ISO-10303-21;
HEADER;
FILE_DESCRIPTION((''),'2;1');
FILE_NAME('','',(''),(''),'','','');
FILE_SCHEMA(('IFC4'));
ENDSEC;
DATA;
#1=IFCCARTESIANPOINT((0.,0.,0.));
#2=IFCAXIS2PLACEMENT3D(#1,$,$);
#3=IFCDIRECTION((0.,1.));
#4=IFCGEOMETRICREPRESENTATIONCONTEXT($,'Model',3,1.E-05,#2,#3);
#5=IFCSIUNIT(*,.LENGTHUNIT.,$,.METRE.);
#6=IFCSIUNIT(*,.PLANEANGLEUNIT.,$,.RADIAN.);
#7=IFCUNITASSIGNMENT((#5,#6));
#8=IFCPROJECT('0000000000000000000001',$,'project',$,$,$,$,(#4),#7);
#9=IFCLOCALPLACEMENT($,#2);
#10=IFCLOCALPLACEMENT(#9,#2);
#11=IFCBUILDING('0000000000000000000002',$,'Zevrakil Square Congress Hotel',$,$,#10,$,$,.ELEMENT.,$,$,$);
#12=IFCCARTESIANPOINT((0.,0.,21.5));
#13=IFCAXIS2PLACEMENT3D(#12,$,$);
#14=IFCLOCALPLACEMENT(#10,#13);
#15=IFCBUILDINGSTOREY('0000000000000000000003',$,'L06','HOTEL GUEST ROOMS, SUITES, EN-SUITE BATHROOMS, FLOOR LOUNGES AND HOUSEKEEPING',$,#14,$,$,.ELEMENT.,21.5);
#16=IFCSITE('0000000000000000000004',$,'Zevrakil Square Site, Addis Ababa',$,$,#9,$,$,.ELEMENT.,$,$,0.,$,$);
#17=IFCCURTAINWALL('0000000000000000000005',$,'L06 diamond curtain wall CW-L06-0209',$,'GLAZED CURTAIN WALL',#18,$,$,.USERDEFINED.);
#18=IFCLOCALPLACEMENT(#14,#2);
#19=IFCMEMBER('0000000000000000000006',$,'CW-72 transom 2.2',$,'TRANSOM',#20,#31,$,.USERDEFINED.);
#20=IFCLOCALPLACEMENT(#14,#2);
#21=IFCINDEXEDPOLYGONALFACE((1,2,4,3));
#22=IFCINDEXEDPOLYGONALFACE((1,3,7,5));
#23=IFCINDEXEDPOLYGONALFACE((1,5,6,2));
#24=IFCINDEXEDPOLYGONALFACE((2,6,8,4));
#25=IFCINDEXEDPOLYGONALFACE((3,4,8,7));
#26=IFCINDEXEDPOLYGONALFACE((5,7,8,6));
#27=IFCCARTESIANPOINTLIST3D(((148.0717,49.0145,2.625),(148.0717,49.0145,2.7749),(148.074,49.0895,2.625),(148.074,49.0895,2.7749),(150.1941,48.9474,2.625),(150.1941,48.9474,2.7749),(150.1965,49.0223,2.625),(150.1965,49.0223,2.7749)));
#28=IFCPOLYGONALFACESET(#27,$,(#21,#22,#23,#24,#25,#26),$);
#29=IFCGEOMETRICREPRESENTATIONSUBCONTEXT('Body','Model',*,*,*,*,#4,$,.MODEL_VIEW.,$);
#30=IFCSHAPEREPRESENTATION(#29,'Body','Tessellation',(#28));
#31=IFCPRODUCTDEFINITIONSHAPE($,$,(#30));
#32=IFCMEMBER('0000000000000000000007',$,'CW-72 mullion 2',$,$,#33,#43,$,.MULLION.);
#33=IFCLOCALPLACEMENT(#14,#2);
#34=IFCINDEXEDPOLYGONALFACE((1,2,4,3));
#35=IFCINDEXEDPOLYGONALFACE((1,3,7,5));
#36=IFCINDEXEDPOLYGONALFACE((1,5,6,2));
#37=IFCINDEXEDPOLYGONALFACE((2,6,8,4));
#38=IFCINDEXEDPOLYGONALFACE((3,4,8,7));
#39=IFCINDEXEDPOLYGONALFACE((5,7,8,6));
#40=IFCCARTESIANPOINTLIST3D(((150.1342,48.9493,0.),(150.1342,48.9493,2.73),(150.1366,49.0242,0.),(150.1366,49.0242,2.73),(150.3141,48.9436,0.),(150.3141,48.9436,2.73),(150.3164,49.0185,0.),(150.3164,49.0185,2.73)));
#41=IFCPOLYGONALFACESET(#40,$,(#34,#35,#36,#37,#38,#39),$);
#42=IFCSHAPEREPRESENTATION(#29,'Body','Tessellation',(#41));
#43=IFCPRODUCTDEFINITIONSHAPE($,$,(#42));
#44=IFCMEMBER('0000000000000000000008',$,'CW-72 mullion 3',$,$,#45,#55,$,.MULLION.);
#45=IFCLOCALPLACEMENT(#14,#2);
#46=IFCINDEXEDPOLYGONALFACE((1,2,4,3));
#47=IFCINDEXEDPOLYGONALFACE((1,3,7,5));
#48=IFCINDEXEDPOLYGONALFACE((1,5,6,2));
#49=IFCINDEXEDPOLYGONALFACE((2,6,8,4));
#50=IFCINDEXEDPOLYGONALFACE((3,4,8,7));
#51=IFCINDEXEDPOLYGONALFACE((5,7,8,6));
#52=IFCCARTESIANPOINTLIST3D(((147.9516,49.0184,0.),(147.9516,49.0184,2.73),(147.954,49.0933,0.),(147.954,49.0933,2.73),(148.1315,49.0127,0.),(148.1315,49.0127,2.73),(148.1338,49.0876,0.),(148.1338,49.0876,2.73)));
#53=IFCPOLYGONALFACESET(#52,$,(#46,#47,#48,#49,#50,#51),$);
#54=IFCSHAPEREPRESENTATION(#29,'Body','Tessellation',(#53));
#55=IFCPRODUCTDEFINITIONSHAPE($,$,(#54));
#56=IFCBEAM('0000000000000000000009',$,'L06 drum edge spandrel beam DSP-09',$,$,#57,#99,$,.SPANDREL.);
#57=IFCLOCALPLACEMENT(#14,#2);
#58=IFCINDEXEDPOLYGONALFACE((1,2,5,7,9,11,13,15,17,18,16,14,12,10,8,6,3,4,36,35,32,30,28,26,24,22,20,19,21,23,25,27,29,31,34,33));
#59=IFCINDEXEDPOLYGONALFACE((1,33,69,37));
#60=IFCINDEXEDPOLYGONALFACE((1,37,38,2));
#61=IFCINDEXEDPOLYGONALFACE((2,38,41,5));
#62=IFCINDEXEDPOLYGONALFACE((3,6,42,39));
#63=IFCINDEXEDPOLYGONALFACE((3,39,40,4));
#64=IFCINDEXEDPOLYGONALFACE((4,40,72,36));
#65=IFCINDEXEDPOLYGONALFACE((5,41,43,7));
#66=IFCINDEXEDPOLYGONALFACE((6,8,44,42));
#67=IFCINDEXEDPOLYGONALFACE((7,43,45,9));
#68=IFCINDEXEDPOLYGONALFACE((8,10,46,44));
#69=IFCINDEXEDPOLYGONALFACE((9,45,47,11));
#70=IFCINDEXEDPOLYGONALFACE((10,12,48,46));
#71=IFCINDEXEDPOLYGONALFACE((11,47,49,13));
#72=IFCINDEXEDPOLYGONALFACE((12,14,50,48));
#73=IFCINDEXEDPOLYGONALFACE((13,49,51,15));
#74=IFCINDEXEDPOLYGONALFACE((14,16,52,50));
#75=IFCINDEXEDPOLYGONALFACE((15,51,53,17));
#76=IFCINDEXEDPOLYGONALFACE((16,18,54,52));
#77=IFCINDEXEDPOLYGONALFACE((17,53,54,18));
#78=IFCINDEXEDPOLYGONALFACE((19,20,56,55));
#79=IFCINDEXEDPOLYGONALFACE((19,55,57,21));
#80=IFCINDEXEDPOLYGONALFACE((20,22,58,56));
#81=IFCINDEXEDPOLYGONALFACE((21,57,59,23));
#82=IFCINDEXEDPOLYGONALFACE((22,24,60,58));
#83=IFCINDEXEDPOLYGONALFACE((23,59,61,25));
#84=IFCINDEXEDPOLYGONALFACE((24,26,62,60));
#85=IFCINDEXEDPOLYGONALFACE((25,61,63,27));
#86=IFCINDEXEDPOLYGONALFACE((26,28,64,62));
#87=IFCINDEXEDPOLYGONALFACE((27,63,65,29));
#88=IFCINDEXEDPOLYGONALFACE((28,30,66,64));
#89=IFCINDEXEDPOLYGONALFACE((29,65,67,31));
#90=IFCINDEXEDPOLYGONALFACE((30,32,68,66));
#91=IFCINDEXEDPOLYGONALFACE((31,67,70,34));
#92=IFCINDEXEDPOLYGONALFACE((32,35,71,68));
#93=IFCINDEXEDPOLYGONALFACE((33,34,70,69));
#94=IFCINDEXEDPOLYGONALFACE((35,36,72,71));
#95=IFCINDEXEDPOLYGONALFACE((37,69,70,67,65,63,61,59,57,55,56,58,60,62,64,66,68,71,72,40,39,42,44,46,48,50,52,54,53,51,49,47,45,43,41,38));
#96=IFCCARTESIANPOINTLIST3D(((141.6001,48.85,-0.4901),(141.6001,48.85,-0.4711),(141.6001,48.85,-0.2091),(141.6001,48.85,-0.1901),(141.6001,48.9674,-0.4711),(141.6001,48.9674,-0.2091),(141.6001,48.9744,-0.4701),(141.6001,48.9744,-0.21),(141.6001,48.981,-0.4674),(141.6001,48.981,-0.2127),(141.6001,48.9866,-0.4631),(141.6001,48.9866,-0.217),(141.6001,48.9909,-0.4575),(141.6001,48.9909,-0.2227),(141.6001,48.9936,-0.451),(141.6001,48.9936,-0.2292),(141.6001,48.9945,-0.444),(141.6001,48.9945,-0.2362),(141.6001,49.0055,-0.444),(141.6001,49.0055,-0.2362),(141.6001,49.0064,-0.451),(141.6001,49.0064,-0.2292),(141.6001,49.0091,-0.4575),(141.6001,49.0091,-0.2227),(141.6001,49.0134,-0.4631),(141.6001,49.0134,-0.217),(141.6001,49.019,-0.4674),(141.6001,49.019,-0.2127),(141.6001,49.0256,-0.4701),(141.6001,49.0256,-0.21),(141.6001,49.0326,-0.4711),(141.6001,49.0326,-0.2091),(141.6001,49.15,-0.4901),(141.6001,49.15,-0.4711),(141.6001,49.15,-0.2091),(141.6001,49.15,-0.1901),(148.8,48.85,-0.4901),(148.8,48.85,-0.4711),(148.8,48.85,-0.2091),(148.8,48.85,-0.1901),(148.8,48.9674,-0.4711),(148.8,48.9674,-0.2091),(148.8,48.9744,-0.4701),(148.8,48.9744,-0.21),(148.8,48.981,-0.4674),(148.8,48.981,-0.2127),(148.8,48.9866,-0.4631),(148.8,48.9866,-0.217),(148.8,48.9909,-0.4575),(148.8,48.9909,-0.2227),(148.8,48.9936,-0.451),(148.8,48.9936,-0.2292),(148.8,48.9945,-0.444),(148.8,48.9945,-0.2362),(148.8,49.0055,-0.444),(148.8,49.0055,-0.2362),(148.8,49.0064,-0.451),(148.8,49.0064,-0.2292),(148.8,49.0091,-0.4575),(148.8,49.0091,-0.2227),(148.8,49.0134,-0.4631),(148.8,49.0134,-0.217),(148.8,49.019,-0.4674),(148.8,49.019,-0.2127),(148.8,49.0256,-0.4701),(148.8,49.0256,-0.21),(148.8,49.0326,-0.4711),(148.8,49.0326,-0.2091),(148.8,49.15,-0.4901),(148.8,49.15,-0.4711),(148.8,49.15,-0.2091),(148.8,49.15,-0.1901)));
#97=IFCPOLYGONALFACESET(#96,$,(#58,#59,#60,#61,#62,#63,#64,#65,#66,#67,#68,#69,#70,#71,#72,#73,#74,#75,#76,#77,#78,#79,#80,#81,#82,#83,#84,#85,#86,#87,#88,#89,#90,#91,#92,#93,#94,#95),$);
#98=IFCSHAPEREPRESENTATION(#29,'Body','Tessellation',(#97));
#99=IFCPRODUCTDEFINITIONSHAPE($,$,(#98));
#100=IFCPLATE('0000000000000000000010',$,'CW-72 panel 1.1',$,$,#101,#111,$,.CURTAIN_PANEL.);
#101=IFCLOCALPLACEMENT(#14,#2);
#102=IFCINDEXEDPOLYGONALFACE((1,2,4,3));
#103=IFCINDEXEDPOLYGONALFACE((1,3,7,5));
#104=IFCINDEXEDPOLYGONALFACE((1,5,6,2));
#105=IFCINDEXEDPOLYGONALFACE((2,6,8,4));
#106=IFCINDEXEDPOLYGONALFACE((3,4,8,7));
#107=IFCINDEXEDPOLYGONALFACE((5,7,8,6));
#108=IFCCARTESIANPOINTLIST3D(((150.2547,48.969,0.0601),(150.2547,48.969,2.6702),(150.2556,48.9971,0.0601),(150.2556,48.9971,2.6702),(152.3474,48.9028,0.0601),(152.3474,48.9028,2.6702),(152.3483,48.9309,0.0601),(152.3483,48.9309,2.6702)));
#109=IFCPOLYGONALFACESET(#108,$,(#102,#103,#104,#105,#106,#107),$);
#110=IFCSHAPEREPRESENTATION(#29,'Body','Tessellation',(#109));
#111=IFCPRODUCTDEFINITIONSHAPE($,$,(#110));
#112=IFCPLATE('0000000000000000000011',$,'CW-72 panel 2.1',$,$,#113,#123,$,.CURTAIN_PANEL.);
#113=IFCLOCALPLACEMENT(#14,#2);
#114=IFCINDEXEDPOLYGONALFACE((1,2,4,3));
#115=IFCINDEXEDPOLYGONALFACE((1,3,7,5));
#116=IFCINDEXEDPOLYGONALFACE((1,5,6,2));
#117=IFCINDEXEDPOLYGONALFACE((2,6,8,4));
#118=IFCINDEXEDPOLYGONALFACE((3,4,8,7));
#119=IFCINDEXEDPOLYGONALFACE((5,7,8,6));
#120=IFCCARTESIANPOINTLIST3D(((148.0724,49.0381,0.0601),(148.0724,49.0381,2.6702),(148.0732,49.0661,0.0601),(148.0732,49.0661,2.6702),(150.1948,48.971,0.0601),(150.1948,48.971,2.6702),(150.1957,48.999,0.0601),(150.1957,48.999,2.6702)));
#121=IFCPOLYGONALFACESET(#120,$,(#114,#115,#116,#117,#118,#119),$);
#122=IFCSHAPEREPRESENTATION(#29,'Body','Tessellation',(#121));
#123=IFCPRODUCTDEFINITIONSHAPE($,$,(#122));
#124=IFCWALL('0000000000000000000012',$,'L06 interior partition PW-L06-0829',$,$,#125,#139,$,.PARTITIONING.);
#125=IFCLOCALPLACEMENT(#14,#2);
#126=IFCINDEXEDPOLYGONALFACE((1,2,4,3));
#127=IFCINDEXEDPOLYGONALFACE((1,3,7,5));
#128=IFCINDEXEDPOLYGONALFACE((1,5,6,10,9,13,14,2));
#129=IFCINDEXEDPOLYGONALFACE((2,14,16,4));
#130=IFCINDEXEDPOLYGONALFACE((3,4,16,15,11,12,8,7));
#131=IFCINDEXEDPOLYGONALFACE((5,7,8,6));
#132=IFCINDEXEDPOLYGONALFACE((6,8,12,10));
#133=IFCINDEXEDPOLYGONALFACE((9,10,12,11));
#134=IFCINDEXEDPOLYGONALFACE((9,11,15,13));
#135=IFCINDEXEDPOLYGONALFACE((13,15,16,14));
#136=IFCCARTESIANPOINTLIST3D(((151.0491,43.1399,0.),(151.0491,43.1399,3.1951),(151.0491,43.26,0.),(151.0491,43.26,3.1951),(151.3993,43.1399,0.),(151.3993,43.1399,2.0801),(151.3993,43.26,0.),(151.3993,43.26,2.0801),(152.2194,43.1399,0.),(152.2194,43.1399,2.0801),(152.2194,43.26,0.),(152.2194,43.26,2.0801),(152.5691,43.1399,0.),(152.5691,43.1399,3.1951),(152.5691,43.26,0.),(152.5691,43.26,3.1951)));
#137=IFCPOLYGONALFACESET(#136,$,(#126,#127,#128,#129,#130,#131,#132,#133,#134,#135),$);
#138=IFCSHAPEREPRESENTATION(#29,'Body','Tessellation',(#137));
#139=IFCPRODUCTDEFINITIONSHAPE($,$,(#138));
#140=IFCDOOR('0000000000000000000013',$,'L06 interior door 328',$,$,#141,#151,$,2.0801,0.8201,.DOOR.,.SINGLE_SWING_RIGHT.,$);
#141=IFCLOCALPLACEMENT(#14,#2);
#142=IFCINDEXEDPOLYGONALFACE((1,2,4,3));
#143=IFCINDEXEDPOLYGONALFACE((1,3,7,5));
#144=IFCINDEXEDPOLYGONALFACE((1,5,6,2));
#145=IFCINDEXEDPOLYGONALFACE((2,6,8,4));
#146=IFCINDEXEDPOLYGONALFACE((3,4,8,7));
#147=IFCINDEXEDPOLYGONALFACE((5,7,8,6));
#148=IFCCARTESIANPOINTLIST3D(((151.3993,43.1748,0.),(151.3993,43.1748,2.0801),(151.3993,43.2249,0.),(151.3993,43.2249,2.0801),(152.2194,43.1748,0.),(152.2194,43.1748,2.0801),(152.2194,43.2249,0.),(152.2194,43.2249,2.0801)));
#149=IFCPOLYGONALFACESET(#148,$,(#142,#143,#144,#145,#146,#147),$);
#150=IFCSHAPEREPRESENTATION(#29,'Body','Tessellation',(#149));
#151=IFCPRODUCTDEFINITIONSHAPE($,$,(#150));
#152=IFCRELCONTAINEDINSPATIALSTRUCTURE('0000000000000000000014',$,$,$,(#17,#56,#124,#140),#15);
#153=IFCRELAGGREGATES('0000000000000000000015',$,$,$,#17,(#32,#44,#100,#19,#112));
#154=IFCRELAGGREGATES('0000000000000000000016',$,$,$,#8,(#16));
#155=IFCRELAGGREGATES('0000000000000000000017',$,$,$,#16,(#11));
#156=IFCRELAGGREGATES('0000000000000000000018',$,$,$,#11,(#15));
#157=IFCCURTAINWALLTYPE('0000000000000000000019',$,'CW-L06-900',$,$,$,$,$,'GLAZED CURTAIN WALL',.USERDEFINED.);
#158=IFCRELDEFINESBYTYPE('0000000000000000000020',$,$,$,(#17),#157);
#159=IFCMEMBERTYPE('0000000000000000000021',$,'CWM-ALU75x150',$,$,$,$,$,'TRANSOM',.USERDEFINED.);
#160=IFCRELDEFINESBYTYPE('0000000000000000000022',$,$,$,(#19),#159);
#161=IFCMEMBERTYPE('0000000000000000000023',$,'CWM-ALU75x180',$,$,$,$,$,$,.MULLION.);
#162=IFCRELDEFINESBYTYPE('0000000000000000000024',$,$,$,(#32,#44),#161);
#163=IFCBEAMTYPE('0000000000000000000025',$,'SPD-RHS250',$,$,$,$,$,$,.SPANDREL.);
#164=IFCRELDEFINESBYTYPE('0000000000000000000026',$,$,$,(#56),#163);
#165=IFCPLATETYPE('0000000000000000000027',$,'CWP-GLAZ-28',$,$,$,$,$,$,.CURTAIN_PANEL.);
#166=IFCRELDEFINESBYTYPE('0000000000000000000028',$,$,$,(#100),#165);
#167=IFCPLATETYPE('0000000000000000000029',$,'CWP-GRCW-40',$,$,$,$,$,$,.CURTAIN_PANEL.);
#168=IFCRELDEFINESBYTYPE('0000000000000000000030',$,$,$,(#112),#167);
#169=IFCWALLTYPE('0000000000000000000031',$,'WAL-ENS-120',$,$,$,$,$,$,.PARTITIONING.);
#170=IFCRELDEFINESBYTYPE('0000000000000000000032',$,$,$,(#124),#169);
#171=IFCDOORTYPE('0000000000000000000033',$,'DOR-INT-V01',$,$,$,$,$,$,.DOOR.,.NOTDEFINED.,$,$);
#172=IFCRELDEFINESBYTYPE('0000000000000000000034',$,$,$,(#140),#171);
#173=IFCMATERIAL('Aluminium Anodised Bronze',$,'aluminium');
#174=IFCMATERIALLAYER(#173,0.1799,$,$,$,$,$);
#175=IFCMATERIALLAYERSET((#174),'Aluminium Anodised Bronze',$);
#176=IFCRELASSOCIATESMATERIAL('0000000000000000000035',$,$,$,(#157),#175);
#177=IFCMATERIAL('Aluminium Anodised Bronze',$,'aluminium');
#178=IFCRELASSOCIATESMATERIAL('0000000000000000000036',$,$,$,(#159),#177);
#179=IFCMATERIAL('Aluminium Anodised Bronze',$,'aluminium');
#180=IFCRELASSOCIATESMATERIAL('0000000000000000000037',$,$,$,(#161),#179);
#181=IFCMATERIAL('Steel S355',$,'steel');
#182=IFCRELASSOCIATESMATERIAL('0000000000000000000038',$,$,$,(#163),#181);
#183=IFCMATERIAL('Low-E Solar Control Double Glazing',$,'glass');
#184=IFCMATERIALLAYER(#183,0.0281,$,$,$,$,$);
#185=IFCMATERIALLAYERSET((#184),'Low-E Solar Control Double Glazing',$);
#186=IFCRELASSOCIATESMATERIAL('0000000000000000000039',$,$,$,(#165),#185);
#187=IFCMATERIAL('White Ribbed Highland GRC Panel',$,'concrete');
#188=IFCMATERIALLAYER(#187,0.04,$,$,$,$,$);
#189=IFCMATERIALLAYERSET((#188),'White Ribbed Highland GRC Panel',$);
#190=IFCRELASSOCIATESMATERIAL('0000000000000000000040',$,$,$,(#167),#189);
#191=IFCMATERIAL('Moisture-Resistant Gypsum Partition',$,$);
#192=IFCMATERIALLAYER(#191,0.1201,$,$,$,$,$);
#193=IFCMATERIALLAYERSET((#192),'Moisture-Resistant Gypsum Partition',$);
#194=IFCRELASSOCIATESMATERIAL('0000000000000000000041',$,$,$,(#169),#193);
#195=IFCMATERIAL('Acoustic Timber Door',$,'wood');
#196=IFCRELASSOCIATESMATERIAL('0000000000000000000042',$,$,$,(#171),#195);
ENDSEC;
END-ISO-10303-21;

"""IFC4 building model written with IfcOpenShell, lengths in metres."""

from ifc_helpers import new_model, si_unit, direction, frame, frame_2d, origin, origin_2d, place, context, subcontext, project, spatial, rectangle, i_section, extrude, material, layer, layer_set, material_profile, profile_set, type_object, element, fill, aggregate, save


model = new_model("IFC4")

# Units and contexts
model_context = context("Model", 3, precision=1e-05, world=origin(), true_north=direction((0.0, 1.0)))
body_context = subcontext(model_context, "Body", "Model", "MODEL_VIEW")
ifc_project = project(units=[si_unit("LENGTHUNIT", "METRE"), si_unit("PLANEANGLEUNIT", "RADIAN")], contexts=[model_context])

# Site, building, storey
site_placement = place(None, origin())
site = spatial("IfcSite", under=ifc_project, at=site_placement, Name="Zevrakil Square Site, Addis Ababa", CompositionType="ELEMENT", RefElevation=0.0)
building_placement = place(site_placement, origin())
building = spatial("IfcBuilding", under=site, at=building_placement, Name="Zevrakil Square Congress Hotel", CompositionType="ELEMENT")
storey_placement = place(building_placement, frame((0.0, 0.0, 21.5)))
storey = spatial("IfcBuildingStorey", under=building, at=storey_placement, Name="L06", Description="HOTEL GUEST ROOMS, SUITES, EN-SUITE BATHROOMS, FLOOR LOUNGES AND HOUSEKEEPING", CompositionType="ELEMENT", Elevation=21.5)

# Curtain wall, members
ifc_material_1 = material(Name="Aluminium Anodised Bronze", Category="aluminium")
ifc_layer_1 = layer(ifc_material_1, 0.1799)
ifc_layer_set_1 = layer_set([ifc_layer_1], Name="Aluminium Anodised Bronze")
curtain_wall_type = type_object("IfcCurtainWallType", Name="CW-L06-900", ElementType="GLAZED CURTAIN WALL", PredefinedType="USERDEFINED", material=ifc_layer_set_1)
curtain_wall_placement = place(storey_placement, origin())
curtain_wall = element("IfcCurtainWall", 1, at=curtain_wall_placement, inside=storey, type_object=curtain_wall_type, Name="L06 diamond curtain wall CW-L06-0209", ObjectType="GLAZED CURTAIN WALL", PredefinedType="USERDEFINED")
ifc_material_2 = material(Name="Aluminium Anodised Bronze", Category="aluminium")
ifc_material_profile_1 = material_profile(ifc_material_2, rectangle(XDim=0.075, YDim=0.1499, at=origin_2d()), Name="ALU 75x150")
ifc_profile_set_1 = profile_set([ifc_material_profile_1], Name="Aluminium Anodised Bronze")
member_type_1 = type_object("IfcMemberType", Name="CWM-ALU75x150", ElementType="TRANSOM", PredefinedType="USERDEFINED", material=ifc_profile_set_1)
member_1_placement = place(storey_placement, frame((150.1953, 48.9849, 2.7), z_axis=(-0.9995, 0.031615, 0.0), x_axis=(-0.031615, -0.9995, 0.0)))
member_1 = element("IfcMember", 2, at=member_1_placement, type_object=member_type_1, Name="CW-72 transom 2.2", ObjectType="TRANSOM", PredefinedType="USERDEFINED", context=body_context, shape_type="SweptSolid", body=[
    extrude(rectangle(XDim=0.075, YDim=0.1499, at=origin_2d()), origin(), (0.0, 0.0, 1.0), 2.1235),
])
ifc_material_3 = material(Name="Aluminium Anodised Bronze", Category="aluminium")
ifc_material_profile_2 = material_profile(ifc_material_3, rectangle(XDim=0.075, YDim=0.1799, at=origin_2d()), Name="ALU 75x180")
ifc_profile_set_2 = profile_set([ifc_material_profile_2], Name="Aluminium Anodised Bronze")
member_type_2 = type_object("IfcMemberType", Name="CWM-ALU75x180", PredefinedType="MULLION", material=ifc_profile_set_2)
member_2_placement = place(storey_placement, frame((150.2253, 48.9839, 0.0), z_axis=(0.0, 0.0, 1.0), x_axis=(-0.031598, -0.999501, 0.0)))
member_2 = element("IfcMember", 3, at=member_2_placement, type_object=member_type_2, Name="CW-72 mullion 2", PredefinedType="MULLION", context=body_context, shape_type="SweptSolid", body=[
    extrude(rectangle(XDim=0.075, YDim=0.1799, at=origin_2d()), origin(), (0.0, 0.0, 1.0), 2.73),
])
member_3_placement = place(storey_placement, frame((148.0427, 49.053, 0.0), z_axis=(0.0, 0.0, 1.0), x_axis=(-0.031598, -0.999501, 0.0)))
member_3 = element("IfcMember", 4, at=member_3_placement, type_object=member_type_2, Name="CW-72 mullion 3", PredefinedType="MULLION", context=body_context, shape_type="SweptSolid", body=[
    extrude(rectangle(XDim=0.075, YDim=0.1799, at=origin_2d()), origin(), (0.0, 0.0, 1.0), 2.73),
])

# Beam
ifc_material_4 = material(Name="Steel S355", Category="steel")
ifc_material_profile_3 = material_profile(ifc_material_4, i_section(OverallWidth=0.3, OverallDepth=0.3, WebThickness=0.011, FlangeThickness=0.019, FilletRadius=0.0271, at=origin_2d()), Name="HEB 300")
ifc_profile_set_3 = profile_set([ifc_material_profile_3], Name="Steel S355")
beam_type_1 = type_object("IfcBeamType", Name="SPD-RHS250", PredefinedType="SPANDREL", material=ifc_profile_set_3)
beam_1_placement = place(storey_placement, frame((148.8, 49.0, -0.3401), z_axis=(-1.0, 0.0, 0.0), x_axis=(0.0, -1.0, 0.0)))
element("IfcBeam", 5, at=beam_1_placement, inside=storey, type_object=beam_type_1, Name="L06 drum edge spandrel beam DSP-09", PredefinedType="SPANDREL", context=body_context, shape_type="SweptSolid", body=[
    extrude(i_section(OverallWidth=0.3, OverallDepth=0.3, WebThickness=0.011, FlangeThickness=0.019, FilletRadius=0.0271, at=origin_2d()), origin(), (0.0, 0.0, 1.0), 7.2),
])

# Plates
ifc_material_5 = material(Name="Low-E Solar Control Double Glazing", Category="glass")
ifc_layer_2 = layer(ifc_material_5, 0.0281)
ifc_layer_set_2 = layer_set([ifc_layer_2], Name="Low-E Solar Control Double Glazing")
plate_type_1 = type_object("IfcPlateType", Name="CWP-GLAZ-28", PredefinedType="CURTAIN_PANEL", material=ifc_layer_set_2)
plate_1_placement = place(storey_placement, frame((151.3015, 48.95, 0.0601), z_axis=(0.0, 0.0, 1.0), x_axis=(-0.999501, 0.031598, 0.0)))
plate_1 = element("IfcPlate", 6, at=plate_1_placement, type_object=plate_type_1, Name="CW-72 panel 1.1", PredefinedType="CURTAIN_PANEL", context=body_context, shape_type="SweptSolid", body=[
    extrude(rectangle(XDim=2.0938, YDim=0.0281, at=origin_2d()), origin(), (0.0, 0.0, 1.0), 2.6101),
])
ifc_material_6 = material(Name="White Ribbed Highland GRC Panel", Category="concrete")
ifc_layer_3 = layer(ifc_material_6, 0.04)
ifc_layer_set_3 = layer_set([ifc_layer_3], Name="White Ribbed Highland GRC Panel")
plate_type_2 = type_object("IfcPlateType", Name="CWP-GRCW-40", PredefinedType="CURTAIN_PANEL", material=ifc_layer_set_3)
plate_2_placement = place(storey_placement, frame((149.134, 49.0186, 0.0601), z_axis=(0.0, 0.0, 1.0), x_axis=(-0.999501, 0.031598, 0.0)))
plate_2 = element("IfcPlate", 7, at=plate_2_placement, type_object=plate_type_2, Name="CW-72 panel 2.1", PredefinedType="CURTAIN_PANEL", context=body_context, shape_type="SweptSolid", body=[
    extrude(rectangle(XDim=2.1235, YDim=0.0281, at=origin_2d()), origin(), (0.0, 0.0, 1.0), 2.6101),
])
aggregate(curtain_wall, [member_2, member_3, plate_1, member_1, plate_2])

# Wall, opening, door
ifc_material_7 = material(Name="Moisture-Resistant Gypsum Partition")
ifc_layer_4 = layer(ifc_material_7, 0.1201)
ifc_layer_set_4 = layer_set([ifc_layer_4], Name="Moisture-Resistant Gypsum Partition")
wall_type = type_object("IfcWallType", Name="WAL-ENS-120", PredefinedType="PARTITIONING", material=ifc_layer_set_4)
wall_1_placement = place(storey_placement, frame((151.0491, 43.2, 0.0), z_axis=(0.0, 0.0, 1.0), x_axis=(1.0, 0.0, 0.0)))
wall_1 = element("IfcWall", 8, at=wall_1_placement, inside=storey, type_object=wall_type, Name="L06 interior partition PW-L06-0829", PredefinedType="PARTITIONING", context=body_context, shape_type="SweptSolid", body=[
    extrude(rectangle(XDim=1.52, YDim=0.1201, at=frame_2d((0.76, 0.0))), origin(), (0.0, 0.0, 1.0), 3.1951),
])
opening_1_placement = place(wall_1_placement, frame((0.3501, 0.0, 0.0)))
opening_1 = element("IfcOpeningElement", 9, at=opening_1_placement, cuts=wall_1, PredefinedType="OPENING", context=body_context, shape_type="SweptSolid", body=[
    extrude(rectangle(XDim=0.8201, YDim=2.0801, at=frame_2d((0.4102, 1.04))), frame((0.0, 0.0701, 0.0), z_axis=(0.0, -1.0, 0.0), x_axis=(1.0, 0.0, 0.0)), (0.0, 0.0, 1.0), 0.1401),
])
ifc_material_8 = material(Name="Acoustic Timber Door", Category="wood")
door_type = type_object("IfcDoorType", Name="DOR-INT-V01", OperationType="NOTDEFINED", PredefinedType="DOOR", material=ifc_material_8)
door_1_placement = place(opening_1_placement, origin())
door_1 = element("IfcDoor", 10, at=door_1_placement, inside=storey, type_object=door_type, Name="L06 interior door 328", OperationType="SINGLE_SWING_RIGHT", OverallHeight=2.0801, OverallWidth=0.8201, PredefinedType="DOOR", context=body_context, shape_type="SweptSolid", body=[
    extrude(rectangle(XDim=0.8201, YDim=2.0801, at=frame_2d((0.4102, 1.04))), frame((0.0, 0.0249, 0.0), z_axis=(0.0, -1.0, 0.0), x_axis=(1.0, 0.0, 0.0)), (0.0, 0.0, 1.0), 0.05),
])
fill(opening_1, door_1)

save(model, "model.ifc")
